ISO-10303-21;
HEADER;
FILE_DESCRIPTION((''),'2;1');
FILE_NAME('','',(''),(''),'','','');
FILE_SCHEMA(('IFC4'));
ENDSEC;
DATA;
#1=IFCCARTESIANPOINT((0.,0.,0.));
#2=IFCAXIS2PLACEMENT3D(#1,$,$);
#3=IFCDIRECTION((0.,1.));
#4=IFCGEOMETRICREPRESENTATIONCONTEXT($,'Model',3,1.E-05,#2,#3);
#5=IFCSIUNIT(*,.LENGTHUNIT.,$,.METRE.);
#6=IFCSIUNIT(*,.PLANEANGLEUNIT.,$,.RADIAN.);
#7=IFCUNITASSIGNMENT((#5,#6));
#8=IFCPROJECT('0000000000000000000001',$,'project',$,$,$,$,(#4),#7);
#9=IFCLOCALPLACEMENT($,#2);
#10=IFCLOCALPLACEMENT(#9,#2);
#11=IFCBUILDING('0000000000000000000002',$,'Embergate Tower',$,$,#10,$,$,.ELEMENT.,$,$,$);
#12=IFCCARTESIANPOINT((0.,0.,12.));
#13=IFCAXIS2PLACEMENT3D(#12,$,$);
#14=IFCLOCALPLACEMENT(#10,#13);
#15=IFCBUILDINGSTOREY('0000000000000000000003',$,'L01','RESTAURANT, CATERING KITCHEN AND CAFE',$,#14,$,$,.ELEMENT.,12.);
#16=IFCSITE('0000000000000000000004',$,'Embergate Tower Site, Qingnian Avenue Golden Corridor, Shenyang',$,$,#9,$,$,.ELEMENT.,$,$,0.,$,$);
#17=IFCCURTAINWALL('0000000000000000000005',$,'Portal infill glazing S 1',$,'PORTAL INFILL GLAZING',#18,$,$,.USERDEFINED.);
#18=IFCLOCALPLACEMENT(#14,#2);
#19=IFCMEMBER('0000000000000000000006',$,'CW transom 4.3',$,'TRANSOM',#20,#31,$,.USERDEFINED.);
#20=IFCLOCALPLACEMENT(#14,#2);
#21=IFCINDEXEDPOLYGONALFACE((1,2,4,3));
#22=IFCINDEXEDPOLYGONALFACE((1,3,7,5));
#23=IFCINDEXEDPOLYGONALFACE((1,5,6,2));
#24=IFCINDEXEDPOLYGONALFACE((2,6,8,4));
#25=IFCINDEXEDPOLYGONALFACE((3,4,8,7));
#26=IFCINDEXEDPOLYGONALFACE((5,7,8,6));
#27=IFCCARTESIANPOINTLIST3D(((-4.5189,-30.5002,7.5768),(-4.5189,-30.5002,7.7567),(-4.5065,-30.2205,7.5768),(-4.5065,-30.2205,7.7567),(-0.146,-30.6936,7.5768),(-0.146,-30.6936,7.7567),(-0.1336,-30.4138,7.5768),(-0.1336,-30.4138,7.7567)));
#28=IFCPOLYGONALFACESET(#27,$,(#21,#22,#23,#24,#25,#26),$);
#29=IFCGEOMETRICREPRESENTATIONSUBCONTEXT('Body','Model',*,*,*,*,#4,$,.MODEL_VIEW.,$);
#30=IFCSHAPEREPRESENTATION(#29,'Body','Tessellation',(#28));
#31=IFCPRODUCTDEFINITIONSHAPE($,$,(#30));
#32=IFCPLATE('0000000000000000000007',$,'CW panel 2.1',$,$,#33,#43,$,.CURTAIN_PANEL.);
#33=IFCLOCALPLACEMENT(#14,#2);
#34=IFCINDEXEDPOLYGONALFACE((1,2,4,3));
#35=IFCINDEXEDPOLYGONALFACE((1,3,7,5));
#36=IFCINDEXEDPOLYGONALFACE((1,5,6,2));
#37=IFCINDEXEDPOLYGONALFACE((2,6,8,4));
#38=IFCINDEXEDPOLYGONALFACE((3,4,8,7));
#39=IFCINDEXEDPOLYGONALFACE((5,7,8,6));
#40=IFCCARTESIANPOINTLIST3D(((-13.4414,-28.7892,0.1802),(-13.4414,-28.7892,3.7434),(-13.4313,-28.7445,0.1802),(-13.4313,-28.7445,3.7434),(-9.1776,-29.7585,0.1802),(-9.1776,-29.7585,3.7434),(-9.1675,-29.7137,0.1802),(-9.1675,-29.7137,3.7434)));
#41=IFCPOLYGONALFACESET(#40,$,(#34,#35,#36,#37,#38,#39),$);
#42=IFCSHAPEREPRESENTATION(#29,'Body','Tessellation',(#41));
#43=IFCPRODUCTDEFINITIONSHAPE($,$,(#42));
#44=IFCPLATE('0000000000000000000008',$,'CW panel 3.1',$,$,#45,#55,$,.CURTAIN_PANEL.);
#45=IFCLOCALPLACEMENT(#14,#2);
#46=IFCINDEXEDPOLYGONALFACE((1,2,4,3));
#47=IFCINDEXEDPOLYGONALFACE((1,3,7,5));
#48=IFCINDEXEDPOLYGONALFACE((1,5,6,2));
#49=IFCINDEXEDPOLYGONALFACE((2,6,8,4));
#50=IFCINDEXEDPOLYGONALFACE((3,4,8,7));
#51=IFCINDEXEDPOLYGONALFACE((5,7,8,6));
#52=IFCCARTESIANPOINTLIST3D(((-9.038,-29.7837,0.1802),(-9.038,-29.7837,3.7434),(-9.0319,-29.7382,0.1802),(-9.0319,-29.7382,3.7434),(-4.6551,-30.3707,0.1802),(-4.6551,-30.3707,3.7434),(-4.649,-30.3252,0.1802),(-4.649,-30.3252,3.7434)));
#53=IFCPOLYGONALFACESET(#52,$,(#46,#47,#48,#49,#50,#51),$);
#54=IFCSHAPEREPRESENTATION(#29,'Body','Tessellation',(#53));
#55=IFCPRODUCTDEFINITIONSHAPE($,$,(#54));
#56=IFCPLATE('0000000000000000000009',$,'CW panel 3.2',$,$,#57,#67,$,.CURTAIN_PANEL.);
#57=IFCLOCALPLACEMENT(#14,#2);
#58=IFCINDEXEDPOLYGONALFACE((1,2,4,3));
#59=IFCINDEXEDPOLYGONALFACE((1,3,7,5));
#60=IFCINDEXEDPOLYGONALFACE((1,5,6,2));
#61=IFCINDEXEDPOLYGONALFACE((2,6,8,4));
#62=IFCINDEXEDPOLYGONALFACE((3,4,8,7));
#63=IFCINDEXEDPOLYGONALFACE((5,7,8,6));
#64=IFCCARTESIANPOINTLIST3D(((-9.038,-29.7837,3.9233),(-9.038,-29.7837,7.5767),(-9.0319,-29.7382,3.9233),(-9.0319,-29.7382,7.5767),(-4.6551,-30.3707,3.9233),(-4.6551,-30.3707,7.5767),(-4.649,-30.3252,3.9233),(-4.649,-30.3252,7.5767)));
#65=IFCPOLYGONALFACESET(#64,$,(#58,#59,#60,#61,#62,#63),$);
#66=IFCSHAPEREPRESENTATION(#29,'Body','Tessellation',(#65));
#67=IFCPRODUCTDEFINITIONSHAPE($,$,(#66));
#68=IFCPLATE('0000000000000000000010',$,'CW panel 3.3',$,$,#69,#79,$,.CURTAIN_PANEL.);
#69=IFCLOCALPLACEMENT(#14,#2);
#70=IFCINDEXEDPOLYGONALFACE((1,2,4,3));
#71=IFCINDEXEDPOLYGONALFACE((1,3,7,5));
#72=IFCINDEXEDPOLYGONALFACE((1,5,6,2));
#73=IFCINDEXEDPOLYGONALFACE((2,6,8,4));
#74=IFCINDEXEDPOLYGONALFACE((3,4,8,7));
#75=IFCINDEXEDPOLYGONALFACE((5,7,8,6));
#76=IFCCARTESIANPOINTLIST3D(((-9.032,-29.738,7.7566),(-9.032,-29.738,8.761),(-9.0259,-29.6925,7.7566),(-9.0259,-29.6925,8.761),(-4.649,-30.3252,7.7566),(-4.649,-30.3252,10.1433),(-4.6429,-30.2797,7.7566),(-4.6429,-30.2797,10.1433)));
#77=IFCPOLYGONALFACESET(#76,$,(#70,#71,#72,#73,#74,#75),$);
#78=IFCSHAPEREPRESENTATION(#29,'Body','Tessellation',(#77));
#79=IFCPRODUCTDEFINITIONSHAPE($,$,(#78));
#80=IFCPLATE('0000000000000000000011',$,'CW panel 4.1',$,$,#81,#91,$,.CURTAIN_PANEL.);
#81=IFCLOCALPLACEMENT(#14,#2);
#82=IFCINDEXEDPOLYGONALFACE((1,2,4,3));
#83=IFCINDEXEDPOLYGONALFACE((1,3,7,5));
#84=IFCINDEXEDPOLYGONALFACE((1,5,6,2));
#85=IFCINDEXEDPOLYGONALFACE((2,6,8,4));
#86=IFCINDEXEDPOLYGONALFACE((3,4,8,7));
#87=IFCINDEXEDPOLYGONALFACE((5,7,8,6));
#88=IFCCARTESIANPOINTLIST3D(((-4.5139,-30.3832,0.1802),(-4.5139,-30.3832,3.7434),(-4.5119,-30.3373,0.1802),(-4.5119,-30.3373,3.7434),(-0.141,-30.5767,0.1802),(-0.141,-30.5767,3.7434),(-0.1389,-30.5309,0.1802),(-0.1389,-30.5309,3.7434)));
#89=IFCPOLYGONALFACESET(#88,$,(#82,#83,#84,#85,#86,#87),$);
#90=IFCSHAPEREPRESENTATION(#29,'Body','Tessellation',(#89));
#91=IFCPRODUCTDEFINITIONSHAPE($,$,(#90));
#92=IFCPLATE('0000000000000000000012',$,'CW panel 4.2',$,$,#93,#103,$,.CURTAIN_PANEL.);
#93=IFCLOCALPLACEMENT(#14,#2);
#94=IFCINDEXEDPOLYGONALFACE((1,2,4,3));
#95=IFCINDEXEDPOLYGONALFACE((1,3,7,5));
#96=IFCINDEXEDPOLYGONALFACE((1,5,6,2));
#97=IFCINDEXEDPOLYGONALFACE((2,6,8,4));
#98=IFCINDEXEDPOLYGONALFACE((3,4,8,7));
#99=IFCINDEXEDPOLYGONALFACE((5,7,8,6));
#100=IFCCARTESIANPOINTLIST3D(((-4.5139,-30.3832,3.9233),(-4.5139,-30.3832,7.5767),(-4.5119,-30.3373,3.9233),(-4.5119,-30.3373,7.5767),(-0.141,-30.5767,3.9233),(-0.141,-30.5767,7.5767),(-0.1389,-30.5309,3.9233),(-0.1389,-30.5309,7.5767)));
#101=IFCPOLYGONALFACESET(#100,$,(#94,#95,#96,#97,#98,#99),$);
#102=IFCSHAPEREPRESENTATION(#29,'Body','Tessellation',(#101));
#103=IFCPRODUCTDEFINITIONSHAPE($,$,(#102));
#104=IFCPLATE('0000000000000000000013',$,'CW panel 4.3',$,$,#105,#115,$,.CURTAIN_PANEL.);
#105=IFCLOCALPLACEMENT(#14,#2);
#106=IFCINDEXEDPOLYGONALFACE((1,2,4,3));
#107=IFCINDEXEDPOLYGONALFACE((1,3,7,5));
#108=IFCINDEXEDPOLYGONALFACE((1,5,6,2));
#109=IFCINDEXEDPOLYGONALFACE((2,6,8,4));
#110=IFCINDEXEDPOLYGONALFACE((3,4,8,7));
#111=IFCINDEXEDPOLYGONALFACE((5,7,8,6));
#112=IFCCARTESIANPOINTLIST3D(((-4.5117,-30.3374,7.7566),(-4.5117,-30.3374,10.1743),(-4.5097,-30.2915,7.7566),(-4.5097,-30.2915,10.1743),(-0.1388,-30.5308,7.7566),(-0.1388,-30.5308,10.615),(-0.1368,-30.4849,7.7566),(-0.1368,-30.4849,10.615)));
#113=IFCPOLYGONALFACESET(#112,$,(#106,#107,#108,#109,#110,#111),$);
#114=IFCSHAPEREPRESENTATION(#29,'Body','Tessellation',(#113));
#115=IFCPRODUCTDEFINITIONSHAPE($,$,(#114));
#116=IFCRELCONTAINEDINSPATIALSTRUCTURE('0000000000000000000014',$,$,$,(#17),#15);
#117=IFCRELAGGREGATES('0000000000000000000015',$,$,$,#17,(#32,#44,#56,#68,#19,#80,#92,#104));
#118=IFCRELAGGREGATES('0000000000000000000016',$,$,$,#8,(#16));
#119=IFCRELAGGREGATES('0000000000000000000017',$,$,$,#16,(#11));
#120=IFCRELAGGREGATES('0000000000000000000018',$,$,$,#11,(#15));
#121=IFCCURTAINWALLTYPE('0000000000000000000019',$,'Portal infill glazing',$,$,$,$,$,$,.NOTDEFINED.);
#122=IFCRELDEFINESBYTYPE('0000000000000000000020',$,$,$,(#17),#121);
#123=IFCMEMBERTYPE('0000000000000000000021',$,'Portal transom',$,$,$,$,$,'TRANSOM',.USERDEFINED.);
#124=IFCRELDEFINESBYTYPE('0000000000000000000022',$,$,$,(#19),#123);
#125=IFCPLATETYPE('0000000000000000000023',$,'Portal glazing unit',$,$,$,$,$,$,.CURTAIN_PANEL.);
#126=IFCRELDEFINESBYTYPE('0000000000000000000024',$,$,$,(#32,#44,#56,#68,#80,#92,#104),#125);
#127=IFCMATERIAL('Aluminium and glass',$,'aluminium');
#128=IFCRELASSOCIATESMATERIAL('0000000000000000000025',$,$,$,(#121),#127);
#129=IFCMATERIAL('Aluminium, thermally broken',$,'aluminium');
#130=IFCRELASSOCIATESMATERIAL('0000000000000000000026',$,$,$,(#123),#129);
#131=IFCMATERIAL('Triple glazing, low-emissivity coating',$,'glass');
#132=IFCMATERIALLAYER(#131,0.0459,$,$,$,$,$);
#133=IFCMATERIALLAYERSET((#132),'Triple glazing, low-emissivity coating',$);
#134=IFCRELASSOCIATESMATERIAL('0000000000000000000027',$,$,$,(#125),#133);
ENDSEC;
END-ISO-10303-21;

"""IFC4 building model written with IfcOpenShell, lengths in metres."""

from ifc_helpers import new_model, si_unit, direction, frame, origin, origin_2d, place, context, subcontext, project, spatial, polyline, rectangle, outline, extrude, source, transform, mapped, material, layer, layer_set, material_profile, profile_set, type_object, element, aggregate, save


model = new_model("IFC4")

# Units and contexts
model_context = context("Model", 3, precision=1e-05, world=origin(), true_north=direction((0.0, 1.0)))
body_context = subcontext(model_context, "Body", "Model", "MODEL_VIEW")
ifc_project = project(units=[si_unit("LENGTHUNIT", "METRE"), si_unit("PLANEANGLEUNIT", "RADIAN")], contexts=[model_context])

# Site, building, storey
site_placement = place(None, origin())
site = spatial("IfcSite", under=ifc_project, at=site_placement, Name="Embergate Tower Site, Qingnian Avenue Golden Corridor, Shenyang", CompositionType="ELEMENT", RefElevation=0.0)
building_placement = place(site_placement, origin())
building = spatial("IfcBuilding", under=site, at=building_placement, Name="Embergate Tower", CompositionType="ELEMENT")
storey_placement = place(building_placement, frame((0.0, 0.0, 12.0)))
storey = spatial("IfcBuildingStorey", under=building, at=storey_placement, Name="L01", Description="RESTAURANT, CATERING KITCHEN AND CAFE", CompositionType="ELEMENT", Elevation=12.0)

# Curtain wall, member
ifc_material_1 = material(Name="Aluminium and glass", Category="aluminium")
curtain_wall_type = type_object("IfcCurtainWallType", Name="Portal infill glazing", PredefinedType="NOTDEFINED", material=ifc_material_1)
curtain_wall_placement = place(storey_placement, origin())
curtain_wall = element("IfcCurtainWall", 1, at=curtain_wall_placement, inside=storey, type_object=curtain_wall_type, Name="Portal infill glazing S 1", ObjectType="PORTAL INFILL GLAZING", PredefinedType="USERDEFINED")
ifc_material_2 = material(Name="Aluminium, thermally broken", Category="aluminium")
ifc_material_profile_1 = material_profile(ifc_material_2, rectangle(XDim=0.28, YDim=0.1799, at=origin_2d()), Name="AL 180x280")
ifc_profile_set_1 = profile_set([ifc_material_profile_1], Name="Aluminium, thermally broken")
member_type_1 = type_object("IfcMemberType", Name="Portal transom", ElementType="TRANSOM", PredefinedType="USERDEFINED", material=ifc_profile_set_1)
shared_shape_1 = source(origin(), body_context, "Body", "SweptSolid", [
    extrude(rectangle(XDim=0.28, YDim=0.1799, at=origin_2d()), origin(), (0.0, 0.0, 1.0), 4.3772),
])
member_1_placement = place(storey_placement, frame((-4.5127, -30.3604, 7.6667), z_axis=(0.999024, -0.044175, 0.0), x_axis=(0.044175, 0.999024, 0.0)))
member_1 = element("IfcMember", 2, at=member_1_placement, type_object=member_type_1, Name="CW transom 4.3", ObjectType="TRANSOM", PredefinedType="USERDEFINED", context=body_context, shape_type="MappedRepresentation", body=[
    mapped(shared_shape_1, transform((0.0, 0.0, 0.0))),
])

# Plates
ifc_material_3 = material(Name="Triple glazing, low-emissivity coating", Category="glass")
ifc_layer_1 = layer(ifc_material_3, 0.0459)
ifc_layer_set_1 = layer_set([ifc_layer_1], Name="Triple glazing, low-emissivity coating")
plate_type = type_object("IfcPlateType", Name="Portal glazing unit", PredefinedType="CURTAIN_PANEL", material=ifc_layer_set_1)
shared_shape_2 = source(origin(), body_context, "Body", "SweptSolid", [
    extrude(rectangle(XDim=4.3726, YDim=0.0459, at=origin_2d()), origin(), (0.0, 0.0, 1.0), 3.5632),
])
plate_1_placement = place(storey_placement, frame((-11.3044, -29.2515, 0.1802), z_axis=(0.0, 0.0, 1.0), x_axis=(0.975124, -0.221659, 0.0)))
plate_1 = element("IfcPlate", 3, at=plate_1_placement, type_object=plate_type, Name="CW panel 2.1", PredefinedType="CURTAIN_PANEL", context=body_context, shape_type="MappedRepresentation", body=[
    mapped(shared_shape_2, transform((0.0, 0.0, 0.0))),
])
shared_shape_3 = source(origin(), body_context, "Body", "SweptSolid", [
    extrude(rectangle(XDim=4.4221, YDim=0.0459, at=origin_2d()), origin(), (0.0, 0.0, 1.0), 3.5632),
])
plate_2_placement = place(storey_placement, frame((-6.8435, -30.0544, 0.1802), z_axis=(0.0, 0.0, 1.0), x_axis=(0.991148, -0.132758, 0.0)))
plate_2 = element("IfcPlate", 4, at=plate_2_placement, type_object=plate_type, Name="CW panel 3.1", PredefinedType="CURTAIN_PANEL", context=body_context, shape_type="MappedRepresentation", body=[
    mapped(shared_shape_3, transform((0.0, 0.0, 0.0))),
])
shared_shape_4 = source(origin(), body_context, "Body", "SweptSolid", [
    extrude(rectangle(XDim=4.4221, YDim=0.0459, at=origin_2d()), origin(), (0.0, 0.0, 1.0), 3.6533),
])
plate_3_placement = place(storey_placement, frame((-6.8435, -30.0544, 3.9233), z_axis=(0.0, 0.0, 1.0), x_axis=(0.991148, -0.132758, 0.0)))
plate_3 = element("IfcPlate", 5, at=plate_3_placement, type_object=plate_type, Name="CW panel 3.2", PredefinedType="CURTAIN_PANEL", context=body_context, shape_type="MappedRepresentation", body=[
    mapped(shared_shape_4, transform((0.0, 0.0, 0.0))),
])
shared_shape_5 = source(origin(), body_context, "Body", "SweptSolid", [
    extrude(outline(polyline([(0.0, 0.0), (4.4221, 0.0), (4.4221, 2.3867), (0.0, 1.0044), (0.0, 0.0)])), origin(), (0.0, 0.0, -1.0), 0.0459),
])
plate_4_placement = place(storey_placement, frame((-9.032, -29.738, 7.7566), z_axis=(-0.132775, -0.991146, 0.0), x_axis=(0.991146, -0.132775, 0.0)))
plate_4 = element("IfcPlate", 6, at=plate_4_placement, type_object=plate_type, Name="CW panel 3.3", PredefinedType="CURTAIN_PANEL", context=body_context, shape_type="MappedRepresentation", body=[
    mapped(shared_shape_5, transform((0.0, 0.0, 0.0))),
])
shared_shape_6 = source(origin(), body_context, "Body", "SweptSolid", [
    extrude(rectangle(XDim=4.3772, YDim=0.0459, at=origin_2d()), origin(), (0.0, 0.0, 1.0), 3.5632),
])
plate_5_placement = place(storey_placement, frame((-2.3264, -30.457, 0.1802), z_axis=(0.0, 0.0, 1.0), x_axis=(0.999022, -0.04421, 0.0)))
plate_5 = element("IfcPlate", 7, at=plate_5_placement, type_object=plate_type, Name="CW panel 4.1", PredefinedType="CURTAIN_PANEL", context=body_context, shape_type="MappedRepresentation", body=[
    mapped(shared_shape_6, transform((0.0, 0.0, 0.0))),
])
shared_shape_7 = source(origin(), body_context, "Body", "SweptSolid", [
    extrude(rectangle(XDim=4.3772, YDim=0.0459, at=origin_2d()), origin(), (0.0, 0.0, 1.0), 3.6533),
])
plate_6_placement = place(storey_placement, frame((-2.3264, -30.457, 3.9233), z_axis=(0.0, 0.0, 1.0), x_axis=(0.999022, -0.04421, 0.0)))
plate_6 = element("IfcPlate", 8, at=plate_6_placement, type_object=plate_type, Name="CW panel 4.2", PredefinedType="CURTAIN_PANEL", context=body_context, shape_type="MappedRepresentation", body=[
    mapped(shared_shape_7, transform((0.0, 0.0, 0.0))),
])
shared_shape_8 = source(origin(), body_context, "Body", "SweptSolid", [
    extrude(outline(polyline([(0.0, 0.0), (4.3772, 0.0), (4.3772, 2.8584), (0.0, 2.4177), (0.0, 0.0)])), origin(), (0.0, 0.0, -1.0), 0.0459),
])
plate_7_placement = place(storey_placement, frame((-4.5117, -30.3374, 7.7566), z_axis=(-0.044175, -0.999024, 0.0), x_axis=(0.999024, -0.044175, 0.0)))
plate_7 = element("IfcPlate", 9, at=plate_7_placement, type_object=plate_type, Name="CW panel 4.3", PredefinedType="CURTAIN_PANEL", context=body_context, shape_type="MappedRepresentation", body=[
    mapped(shared_shape_8, transform((0.0, 0.0, 0.0))),
])
aggregate(curtain_wall, [plate_1, plate_2, plate_3, plate_4, member_1, plate_5, plate_6, plate_7])

save(model, "model.ifc")
